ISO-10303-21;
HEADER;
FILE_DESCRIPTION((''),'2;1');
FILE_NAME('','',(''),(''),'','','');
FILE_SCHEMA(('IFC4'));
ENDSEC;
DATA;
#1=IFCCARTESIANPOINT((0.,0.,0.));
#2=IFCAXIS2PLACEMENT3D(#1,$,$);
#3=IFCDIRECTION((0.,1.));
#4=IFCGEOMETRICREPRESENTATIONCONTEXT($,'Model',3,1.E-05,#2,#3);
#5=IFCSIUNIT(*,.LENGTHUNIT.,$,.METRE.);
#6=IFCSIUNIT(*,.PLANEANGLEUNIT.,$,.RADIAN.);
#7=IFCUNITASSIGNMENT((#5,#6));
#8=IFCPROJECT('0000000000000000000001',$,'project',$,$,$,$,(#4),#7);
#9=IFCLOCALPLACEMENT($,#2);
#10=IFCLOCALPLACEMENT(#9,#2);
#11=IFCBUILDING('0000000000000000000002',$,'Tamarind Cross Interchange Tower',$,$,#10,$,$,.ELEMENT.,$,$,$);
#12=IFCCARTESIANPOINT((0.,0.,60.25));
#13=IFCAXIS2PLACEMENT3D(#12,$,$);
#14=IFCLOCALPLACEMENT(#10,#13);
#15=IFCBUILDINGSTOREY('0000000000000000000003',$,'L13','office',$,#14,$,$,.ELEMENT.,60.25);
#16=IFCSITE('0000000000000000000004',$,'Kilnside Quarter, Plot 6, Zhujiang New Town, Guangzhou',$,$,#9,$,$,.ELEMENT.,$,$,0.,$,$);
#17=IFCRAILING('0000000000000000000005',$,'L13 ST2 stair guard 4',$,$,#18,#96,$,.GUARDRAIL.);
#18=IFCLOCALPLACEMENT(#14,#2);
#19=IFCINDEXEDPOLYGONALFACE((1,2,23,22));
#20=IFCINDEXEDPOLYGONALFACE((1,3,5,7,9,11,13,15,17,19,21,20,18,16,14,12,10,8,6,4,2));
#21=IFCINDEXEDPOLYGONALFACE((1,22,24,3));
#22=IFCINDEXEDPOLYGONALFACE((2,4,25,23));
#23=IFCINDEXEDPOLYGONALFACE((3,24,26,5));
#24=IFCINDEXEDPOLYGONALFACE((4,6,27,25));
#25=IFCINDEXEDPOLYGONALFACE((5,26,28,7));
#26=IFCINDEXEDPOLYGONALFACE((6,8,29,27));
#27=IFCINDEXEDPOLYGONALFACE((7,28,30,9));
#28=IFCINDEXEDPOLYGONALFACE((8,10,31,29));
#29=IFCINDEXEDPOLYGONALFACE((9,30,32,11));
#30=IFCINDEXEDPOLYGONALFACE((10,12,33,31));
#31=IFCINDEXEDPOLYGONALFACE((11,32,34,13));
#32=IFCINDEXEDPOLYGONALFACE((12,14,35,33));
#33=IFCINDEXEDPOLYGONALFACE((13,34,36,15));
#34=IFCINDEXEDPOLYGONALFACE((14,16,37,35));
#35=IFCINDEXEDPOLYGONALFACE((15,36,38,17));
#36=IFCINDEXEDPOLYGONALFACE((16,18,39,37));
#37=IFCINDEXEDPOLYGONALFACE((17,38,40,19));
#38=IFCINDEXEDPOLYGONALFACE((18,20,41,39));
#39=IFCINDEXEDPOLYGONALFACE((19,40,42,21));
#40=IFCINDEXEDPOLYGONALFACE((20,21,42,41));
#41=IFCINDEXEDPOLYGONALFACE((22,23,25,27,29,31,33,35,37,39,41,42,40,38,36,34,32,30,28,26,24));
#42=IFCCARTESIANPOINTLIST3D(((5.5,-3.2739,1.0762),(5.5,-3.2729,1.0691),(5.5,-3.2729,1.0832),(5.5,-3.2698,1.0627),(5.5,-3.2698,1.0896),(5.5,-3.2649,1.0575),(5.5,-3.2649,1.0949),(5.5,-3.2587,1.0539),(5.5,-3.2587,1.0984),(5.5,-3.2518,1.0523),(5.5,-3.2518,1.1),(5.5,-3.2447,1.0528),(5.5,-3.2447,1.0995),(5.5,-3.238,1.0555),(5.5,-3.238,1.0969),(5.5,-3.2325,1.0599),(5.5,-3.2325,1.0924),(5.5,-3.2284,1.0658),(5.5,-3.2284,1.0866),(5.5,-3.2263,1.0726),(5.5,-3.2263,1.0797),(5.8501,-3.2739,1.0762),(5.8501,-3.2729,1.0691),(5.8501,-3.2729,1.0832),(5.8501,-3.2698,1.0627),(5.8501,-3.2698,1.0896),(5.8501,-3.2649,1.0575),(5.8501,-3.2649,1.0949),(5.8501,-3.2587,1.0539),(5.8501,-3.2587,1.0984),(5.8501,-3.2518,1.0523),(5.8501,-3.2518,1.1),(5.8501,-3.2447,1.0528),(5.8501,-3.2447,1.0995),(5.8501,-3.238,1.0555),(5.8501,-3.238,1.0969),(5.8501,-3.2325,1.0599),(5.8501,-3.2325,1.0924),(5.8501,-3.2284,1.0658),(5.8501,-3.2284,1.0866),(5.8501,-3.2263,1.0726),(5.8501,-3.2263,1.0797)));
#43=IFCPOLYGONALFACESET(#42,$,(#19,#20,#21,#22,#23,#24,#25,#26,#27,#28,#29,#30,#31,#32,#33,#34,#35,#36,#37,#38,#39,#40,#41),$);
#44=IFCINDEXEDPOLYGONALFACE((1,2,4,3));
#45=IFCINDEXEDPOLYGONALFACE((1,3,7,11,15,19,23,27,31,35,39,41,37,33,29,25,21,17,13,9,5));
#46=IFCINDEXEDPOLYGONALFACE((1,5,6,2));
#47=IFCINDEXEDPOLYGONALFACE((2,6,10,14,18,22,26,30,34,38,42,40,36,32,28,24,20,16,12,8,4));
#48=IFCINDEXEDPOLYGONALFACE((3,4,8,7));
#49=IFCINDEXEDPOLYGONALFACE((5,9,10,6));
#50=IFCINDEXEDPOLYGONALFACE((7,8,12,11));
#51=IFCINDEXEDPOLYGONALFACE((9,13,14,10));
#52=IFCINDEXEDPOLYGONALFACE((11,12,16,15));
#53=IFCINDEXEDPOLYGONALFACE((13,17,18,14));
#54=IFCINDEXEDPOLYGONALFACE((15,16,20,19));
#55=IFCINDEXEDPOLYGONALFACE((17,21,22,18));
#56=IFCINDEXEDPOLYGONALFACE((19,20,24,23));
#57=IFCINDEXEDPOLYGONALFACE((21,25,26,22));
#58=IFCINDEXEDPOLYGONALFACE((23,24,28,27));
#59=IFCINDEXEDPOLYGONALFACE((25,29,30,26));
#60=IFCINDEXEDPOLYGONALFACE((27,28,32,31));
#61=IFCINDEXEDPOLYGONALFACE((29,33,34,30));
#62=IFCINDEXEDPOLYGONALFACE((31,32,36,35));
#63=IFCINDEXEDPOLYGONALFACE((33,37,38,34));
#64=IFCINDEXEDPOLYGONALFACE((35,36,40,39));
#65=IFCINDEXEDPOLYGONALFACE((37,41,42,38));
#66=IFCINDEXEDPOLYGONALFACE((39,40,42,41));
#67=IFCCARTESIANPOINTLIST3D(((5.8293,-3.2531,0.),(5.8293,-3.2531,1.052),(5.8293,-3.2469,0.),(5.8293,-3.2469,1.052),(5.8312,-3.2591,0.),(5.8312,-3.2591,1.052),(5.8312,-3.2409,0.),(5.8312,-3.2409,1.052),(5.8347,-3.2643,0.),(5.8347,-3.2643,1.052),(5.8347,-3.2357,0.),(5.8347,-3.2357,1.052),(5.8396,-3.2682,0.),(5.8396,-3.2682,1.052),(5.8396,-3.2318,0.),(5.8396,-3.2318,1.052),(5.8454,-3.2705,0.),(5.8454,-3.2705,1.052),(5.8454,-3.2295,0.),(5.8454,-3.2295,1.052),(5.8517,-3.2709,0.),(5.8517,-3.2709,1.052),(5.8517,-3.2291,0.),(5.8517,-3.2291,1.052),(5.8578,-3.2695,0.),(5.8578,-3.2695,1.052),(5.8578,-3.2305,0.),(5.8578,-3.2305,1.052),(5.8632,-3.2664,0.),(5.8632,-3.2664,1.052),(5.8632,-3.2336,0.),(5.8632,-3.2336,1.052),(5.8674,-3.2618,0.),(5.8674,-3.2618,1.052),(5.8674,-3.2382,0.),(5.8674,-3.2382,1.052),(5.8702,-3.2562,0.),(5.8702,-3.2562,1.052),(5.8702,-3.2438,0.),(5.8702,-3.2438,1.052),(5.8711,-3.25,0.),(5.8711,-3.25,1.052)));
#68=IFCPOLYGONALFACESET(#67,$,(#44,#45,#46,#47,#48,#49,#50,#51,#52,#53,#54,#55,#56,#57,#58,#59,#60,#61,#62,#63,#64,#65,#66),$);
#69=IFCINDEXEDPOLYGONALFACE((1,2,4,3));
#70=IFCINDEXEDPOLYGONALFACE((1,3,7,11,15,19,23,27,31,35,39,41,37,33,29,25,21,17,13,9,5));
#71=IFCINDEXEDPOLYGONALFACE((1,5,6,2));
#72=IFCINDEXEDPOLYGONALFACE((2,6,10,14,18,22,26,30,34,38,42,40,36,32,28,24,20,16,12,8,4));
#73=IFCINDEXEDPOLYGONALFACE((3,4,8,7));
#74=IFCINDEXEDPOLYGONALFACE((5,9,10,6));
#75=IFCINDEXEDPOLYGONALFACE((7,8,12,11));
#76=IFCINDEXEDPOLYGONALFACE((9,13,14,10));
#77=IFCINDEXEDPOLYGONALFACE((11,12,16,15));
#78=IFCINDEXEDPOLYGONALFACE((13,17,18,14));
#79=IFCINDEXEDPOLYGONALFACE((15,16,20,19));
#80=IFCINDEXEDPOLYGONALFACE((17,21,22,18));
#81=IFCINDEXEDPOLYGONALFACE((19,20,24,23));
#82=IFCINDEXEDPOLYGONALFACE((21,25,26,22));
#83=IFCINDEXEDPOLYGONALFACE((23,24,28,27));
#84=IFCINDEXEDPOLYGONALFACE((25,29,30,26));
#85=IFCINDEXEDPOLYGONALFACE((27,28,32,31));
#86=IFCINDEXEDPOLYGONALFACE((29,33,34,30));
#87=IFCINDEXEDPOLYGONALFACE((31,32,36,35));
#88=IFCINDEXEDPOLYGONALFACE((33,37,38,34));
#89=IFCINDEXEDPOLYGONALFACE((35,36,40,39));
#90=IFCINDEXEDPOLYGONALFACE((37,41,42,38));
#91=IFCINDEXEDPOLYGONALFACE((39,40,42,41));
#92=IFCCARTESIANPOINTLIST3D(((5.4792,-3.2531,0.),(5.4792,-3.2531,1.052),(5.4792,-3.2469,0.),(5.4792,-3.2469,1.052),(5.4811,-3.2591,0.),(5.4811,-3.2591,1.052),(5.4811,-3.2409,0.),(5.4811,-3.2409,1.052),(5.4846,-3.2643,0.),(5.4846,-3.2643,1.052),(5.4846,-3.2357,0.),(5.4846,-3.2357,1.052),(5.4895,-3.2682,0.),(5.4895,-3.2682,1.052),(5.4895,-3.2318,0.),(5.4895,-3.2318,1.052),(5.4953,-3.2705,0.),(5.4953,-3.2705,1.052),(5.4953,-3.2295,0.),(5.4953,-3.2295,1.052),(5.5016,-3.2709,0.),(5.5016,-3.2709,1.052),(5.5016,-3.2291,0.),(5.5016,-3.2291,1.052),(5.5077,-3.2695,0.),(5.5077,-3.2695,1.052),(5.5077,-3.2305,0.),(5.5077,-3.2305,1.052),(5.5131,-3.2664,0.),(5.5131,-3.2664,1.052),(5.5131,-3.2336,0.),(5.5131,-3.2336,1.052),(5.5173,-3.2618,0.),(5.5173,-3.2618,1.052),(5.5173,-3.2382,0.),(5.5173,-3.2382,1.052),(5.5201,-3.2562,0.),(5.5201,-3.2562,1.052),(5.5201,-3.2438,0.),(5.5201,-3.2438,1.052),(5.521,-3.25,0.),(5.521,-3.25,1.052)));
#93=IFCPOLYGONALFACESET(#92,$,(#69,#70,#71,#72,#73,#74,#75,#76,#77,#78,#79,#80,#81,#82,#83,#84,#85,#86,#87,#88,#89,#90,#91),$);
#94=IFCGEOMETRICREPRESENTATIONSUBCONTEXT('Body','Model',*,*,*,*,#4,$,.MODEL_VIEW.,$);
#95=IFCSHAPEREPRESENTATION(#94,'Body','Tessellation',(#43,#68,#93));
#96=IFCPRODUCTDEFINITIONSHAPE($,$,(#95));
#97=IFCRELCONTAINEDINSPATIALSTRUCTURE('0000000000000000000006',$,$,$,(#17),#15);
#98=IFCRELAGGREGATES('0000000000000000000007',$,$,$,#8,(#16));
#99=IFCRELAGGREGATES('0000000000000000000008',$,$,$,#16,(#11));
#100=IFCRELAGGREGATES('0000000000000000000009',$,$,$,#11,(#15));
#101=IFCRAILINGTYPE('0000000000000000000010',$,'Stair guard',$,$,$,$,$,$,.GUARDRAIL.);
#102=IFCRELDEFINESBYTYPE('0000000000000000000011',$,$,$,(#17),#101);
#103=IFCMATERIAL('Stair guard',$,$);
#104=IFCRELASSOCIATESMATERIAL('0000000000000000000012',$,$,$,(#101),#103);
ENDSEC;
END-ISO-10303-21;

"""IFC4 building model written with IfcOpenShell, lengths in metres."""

from ifc_helpers import new_model, si_unit, direction, frame, origin, origin_2d, place, context, subcontext, project, spatial, circle, extrude, material, type_object, element, save


model = new_model("IFC4")

# Units and contexts
model_context = context("Model", 3, precision=1e-05, world=origin(), true_north=direction((0.0, 1.0)))
body_context = subcontext(model_context, "Body", "Model", "MODEL_VIEW")
ifc_project = project(units=[si_unit("LENGTHUNIT", "METRE"), si_unit("PLANEANGLEUNIT", "RADIAN")], contexts=[model_context])

# Site, building, storey
site_placement = place(None, origin())
site = spatial("IfcSite", under=ifc_project, at=site_placement, Name="Kilnside Quarter, Plot 6, Zhujiang New Town, Guangzhou", CompositionType="ELEMENT", RefElevation=0.0)
building_placement = place(site_placement, origin())
building = spatial("IfcBuilding", under=site, at=building_placement, Name="Tamarind Cross Interchange Tower", CompositionType="ELEMENT")
storey_placement = place(building_placement, frame((0.0, 0.0, 60.25)))
storey = spatial("IfcBuildingStorey", under=building, at=storey_placement, Name="L13", Description="office", CompositionType="ELEMENT", Elevation=60.25)

# Railing
ifc_material_1 = material(Name="Stair guard")
railing_type_1 = type_object("IfcRailingType", Name="Stair guard", PredefinedType="GUARDRAIL", material=ifc_material_1)
railing_1_placement = place(storey_placement, frame((5.8501, -3.25, 0.0)))
element("IfcRailing", 1, at=railing_1_placement, inside=storey, type_object=railing_type_1, Name="L13 ST2 stair guard 4", PredefinedType="GUARDRAIL", context=body_context, shape_type="SweptSolid", body=[
    extrude(circle(Radius=0.0239, at=origin_2d()), frame((0.0, 0.0, 1.0762), z_axis=(-1.0, 0.0, 0.0), x_axis=(0.0, -1.0, 0.0)), (0.0, 0.0, 1.0), 0.3501),
    extrude(circle(Radius=0.021, at=origin_2d()), origin(), (0.0, 0.0, 1.0), 1.052),
    extrude(circle(Radius=0.021, at=origin_2d()), frame((-0.3501, 0.0, 0.0)), (0.0, 0.0, 1.0), 1.052),
])

save(model, "model.ifc")
